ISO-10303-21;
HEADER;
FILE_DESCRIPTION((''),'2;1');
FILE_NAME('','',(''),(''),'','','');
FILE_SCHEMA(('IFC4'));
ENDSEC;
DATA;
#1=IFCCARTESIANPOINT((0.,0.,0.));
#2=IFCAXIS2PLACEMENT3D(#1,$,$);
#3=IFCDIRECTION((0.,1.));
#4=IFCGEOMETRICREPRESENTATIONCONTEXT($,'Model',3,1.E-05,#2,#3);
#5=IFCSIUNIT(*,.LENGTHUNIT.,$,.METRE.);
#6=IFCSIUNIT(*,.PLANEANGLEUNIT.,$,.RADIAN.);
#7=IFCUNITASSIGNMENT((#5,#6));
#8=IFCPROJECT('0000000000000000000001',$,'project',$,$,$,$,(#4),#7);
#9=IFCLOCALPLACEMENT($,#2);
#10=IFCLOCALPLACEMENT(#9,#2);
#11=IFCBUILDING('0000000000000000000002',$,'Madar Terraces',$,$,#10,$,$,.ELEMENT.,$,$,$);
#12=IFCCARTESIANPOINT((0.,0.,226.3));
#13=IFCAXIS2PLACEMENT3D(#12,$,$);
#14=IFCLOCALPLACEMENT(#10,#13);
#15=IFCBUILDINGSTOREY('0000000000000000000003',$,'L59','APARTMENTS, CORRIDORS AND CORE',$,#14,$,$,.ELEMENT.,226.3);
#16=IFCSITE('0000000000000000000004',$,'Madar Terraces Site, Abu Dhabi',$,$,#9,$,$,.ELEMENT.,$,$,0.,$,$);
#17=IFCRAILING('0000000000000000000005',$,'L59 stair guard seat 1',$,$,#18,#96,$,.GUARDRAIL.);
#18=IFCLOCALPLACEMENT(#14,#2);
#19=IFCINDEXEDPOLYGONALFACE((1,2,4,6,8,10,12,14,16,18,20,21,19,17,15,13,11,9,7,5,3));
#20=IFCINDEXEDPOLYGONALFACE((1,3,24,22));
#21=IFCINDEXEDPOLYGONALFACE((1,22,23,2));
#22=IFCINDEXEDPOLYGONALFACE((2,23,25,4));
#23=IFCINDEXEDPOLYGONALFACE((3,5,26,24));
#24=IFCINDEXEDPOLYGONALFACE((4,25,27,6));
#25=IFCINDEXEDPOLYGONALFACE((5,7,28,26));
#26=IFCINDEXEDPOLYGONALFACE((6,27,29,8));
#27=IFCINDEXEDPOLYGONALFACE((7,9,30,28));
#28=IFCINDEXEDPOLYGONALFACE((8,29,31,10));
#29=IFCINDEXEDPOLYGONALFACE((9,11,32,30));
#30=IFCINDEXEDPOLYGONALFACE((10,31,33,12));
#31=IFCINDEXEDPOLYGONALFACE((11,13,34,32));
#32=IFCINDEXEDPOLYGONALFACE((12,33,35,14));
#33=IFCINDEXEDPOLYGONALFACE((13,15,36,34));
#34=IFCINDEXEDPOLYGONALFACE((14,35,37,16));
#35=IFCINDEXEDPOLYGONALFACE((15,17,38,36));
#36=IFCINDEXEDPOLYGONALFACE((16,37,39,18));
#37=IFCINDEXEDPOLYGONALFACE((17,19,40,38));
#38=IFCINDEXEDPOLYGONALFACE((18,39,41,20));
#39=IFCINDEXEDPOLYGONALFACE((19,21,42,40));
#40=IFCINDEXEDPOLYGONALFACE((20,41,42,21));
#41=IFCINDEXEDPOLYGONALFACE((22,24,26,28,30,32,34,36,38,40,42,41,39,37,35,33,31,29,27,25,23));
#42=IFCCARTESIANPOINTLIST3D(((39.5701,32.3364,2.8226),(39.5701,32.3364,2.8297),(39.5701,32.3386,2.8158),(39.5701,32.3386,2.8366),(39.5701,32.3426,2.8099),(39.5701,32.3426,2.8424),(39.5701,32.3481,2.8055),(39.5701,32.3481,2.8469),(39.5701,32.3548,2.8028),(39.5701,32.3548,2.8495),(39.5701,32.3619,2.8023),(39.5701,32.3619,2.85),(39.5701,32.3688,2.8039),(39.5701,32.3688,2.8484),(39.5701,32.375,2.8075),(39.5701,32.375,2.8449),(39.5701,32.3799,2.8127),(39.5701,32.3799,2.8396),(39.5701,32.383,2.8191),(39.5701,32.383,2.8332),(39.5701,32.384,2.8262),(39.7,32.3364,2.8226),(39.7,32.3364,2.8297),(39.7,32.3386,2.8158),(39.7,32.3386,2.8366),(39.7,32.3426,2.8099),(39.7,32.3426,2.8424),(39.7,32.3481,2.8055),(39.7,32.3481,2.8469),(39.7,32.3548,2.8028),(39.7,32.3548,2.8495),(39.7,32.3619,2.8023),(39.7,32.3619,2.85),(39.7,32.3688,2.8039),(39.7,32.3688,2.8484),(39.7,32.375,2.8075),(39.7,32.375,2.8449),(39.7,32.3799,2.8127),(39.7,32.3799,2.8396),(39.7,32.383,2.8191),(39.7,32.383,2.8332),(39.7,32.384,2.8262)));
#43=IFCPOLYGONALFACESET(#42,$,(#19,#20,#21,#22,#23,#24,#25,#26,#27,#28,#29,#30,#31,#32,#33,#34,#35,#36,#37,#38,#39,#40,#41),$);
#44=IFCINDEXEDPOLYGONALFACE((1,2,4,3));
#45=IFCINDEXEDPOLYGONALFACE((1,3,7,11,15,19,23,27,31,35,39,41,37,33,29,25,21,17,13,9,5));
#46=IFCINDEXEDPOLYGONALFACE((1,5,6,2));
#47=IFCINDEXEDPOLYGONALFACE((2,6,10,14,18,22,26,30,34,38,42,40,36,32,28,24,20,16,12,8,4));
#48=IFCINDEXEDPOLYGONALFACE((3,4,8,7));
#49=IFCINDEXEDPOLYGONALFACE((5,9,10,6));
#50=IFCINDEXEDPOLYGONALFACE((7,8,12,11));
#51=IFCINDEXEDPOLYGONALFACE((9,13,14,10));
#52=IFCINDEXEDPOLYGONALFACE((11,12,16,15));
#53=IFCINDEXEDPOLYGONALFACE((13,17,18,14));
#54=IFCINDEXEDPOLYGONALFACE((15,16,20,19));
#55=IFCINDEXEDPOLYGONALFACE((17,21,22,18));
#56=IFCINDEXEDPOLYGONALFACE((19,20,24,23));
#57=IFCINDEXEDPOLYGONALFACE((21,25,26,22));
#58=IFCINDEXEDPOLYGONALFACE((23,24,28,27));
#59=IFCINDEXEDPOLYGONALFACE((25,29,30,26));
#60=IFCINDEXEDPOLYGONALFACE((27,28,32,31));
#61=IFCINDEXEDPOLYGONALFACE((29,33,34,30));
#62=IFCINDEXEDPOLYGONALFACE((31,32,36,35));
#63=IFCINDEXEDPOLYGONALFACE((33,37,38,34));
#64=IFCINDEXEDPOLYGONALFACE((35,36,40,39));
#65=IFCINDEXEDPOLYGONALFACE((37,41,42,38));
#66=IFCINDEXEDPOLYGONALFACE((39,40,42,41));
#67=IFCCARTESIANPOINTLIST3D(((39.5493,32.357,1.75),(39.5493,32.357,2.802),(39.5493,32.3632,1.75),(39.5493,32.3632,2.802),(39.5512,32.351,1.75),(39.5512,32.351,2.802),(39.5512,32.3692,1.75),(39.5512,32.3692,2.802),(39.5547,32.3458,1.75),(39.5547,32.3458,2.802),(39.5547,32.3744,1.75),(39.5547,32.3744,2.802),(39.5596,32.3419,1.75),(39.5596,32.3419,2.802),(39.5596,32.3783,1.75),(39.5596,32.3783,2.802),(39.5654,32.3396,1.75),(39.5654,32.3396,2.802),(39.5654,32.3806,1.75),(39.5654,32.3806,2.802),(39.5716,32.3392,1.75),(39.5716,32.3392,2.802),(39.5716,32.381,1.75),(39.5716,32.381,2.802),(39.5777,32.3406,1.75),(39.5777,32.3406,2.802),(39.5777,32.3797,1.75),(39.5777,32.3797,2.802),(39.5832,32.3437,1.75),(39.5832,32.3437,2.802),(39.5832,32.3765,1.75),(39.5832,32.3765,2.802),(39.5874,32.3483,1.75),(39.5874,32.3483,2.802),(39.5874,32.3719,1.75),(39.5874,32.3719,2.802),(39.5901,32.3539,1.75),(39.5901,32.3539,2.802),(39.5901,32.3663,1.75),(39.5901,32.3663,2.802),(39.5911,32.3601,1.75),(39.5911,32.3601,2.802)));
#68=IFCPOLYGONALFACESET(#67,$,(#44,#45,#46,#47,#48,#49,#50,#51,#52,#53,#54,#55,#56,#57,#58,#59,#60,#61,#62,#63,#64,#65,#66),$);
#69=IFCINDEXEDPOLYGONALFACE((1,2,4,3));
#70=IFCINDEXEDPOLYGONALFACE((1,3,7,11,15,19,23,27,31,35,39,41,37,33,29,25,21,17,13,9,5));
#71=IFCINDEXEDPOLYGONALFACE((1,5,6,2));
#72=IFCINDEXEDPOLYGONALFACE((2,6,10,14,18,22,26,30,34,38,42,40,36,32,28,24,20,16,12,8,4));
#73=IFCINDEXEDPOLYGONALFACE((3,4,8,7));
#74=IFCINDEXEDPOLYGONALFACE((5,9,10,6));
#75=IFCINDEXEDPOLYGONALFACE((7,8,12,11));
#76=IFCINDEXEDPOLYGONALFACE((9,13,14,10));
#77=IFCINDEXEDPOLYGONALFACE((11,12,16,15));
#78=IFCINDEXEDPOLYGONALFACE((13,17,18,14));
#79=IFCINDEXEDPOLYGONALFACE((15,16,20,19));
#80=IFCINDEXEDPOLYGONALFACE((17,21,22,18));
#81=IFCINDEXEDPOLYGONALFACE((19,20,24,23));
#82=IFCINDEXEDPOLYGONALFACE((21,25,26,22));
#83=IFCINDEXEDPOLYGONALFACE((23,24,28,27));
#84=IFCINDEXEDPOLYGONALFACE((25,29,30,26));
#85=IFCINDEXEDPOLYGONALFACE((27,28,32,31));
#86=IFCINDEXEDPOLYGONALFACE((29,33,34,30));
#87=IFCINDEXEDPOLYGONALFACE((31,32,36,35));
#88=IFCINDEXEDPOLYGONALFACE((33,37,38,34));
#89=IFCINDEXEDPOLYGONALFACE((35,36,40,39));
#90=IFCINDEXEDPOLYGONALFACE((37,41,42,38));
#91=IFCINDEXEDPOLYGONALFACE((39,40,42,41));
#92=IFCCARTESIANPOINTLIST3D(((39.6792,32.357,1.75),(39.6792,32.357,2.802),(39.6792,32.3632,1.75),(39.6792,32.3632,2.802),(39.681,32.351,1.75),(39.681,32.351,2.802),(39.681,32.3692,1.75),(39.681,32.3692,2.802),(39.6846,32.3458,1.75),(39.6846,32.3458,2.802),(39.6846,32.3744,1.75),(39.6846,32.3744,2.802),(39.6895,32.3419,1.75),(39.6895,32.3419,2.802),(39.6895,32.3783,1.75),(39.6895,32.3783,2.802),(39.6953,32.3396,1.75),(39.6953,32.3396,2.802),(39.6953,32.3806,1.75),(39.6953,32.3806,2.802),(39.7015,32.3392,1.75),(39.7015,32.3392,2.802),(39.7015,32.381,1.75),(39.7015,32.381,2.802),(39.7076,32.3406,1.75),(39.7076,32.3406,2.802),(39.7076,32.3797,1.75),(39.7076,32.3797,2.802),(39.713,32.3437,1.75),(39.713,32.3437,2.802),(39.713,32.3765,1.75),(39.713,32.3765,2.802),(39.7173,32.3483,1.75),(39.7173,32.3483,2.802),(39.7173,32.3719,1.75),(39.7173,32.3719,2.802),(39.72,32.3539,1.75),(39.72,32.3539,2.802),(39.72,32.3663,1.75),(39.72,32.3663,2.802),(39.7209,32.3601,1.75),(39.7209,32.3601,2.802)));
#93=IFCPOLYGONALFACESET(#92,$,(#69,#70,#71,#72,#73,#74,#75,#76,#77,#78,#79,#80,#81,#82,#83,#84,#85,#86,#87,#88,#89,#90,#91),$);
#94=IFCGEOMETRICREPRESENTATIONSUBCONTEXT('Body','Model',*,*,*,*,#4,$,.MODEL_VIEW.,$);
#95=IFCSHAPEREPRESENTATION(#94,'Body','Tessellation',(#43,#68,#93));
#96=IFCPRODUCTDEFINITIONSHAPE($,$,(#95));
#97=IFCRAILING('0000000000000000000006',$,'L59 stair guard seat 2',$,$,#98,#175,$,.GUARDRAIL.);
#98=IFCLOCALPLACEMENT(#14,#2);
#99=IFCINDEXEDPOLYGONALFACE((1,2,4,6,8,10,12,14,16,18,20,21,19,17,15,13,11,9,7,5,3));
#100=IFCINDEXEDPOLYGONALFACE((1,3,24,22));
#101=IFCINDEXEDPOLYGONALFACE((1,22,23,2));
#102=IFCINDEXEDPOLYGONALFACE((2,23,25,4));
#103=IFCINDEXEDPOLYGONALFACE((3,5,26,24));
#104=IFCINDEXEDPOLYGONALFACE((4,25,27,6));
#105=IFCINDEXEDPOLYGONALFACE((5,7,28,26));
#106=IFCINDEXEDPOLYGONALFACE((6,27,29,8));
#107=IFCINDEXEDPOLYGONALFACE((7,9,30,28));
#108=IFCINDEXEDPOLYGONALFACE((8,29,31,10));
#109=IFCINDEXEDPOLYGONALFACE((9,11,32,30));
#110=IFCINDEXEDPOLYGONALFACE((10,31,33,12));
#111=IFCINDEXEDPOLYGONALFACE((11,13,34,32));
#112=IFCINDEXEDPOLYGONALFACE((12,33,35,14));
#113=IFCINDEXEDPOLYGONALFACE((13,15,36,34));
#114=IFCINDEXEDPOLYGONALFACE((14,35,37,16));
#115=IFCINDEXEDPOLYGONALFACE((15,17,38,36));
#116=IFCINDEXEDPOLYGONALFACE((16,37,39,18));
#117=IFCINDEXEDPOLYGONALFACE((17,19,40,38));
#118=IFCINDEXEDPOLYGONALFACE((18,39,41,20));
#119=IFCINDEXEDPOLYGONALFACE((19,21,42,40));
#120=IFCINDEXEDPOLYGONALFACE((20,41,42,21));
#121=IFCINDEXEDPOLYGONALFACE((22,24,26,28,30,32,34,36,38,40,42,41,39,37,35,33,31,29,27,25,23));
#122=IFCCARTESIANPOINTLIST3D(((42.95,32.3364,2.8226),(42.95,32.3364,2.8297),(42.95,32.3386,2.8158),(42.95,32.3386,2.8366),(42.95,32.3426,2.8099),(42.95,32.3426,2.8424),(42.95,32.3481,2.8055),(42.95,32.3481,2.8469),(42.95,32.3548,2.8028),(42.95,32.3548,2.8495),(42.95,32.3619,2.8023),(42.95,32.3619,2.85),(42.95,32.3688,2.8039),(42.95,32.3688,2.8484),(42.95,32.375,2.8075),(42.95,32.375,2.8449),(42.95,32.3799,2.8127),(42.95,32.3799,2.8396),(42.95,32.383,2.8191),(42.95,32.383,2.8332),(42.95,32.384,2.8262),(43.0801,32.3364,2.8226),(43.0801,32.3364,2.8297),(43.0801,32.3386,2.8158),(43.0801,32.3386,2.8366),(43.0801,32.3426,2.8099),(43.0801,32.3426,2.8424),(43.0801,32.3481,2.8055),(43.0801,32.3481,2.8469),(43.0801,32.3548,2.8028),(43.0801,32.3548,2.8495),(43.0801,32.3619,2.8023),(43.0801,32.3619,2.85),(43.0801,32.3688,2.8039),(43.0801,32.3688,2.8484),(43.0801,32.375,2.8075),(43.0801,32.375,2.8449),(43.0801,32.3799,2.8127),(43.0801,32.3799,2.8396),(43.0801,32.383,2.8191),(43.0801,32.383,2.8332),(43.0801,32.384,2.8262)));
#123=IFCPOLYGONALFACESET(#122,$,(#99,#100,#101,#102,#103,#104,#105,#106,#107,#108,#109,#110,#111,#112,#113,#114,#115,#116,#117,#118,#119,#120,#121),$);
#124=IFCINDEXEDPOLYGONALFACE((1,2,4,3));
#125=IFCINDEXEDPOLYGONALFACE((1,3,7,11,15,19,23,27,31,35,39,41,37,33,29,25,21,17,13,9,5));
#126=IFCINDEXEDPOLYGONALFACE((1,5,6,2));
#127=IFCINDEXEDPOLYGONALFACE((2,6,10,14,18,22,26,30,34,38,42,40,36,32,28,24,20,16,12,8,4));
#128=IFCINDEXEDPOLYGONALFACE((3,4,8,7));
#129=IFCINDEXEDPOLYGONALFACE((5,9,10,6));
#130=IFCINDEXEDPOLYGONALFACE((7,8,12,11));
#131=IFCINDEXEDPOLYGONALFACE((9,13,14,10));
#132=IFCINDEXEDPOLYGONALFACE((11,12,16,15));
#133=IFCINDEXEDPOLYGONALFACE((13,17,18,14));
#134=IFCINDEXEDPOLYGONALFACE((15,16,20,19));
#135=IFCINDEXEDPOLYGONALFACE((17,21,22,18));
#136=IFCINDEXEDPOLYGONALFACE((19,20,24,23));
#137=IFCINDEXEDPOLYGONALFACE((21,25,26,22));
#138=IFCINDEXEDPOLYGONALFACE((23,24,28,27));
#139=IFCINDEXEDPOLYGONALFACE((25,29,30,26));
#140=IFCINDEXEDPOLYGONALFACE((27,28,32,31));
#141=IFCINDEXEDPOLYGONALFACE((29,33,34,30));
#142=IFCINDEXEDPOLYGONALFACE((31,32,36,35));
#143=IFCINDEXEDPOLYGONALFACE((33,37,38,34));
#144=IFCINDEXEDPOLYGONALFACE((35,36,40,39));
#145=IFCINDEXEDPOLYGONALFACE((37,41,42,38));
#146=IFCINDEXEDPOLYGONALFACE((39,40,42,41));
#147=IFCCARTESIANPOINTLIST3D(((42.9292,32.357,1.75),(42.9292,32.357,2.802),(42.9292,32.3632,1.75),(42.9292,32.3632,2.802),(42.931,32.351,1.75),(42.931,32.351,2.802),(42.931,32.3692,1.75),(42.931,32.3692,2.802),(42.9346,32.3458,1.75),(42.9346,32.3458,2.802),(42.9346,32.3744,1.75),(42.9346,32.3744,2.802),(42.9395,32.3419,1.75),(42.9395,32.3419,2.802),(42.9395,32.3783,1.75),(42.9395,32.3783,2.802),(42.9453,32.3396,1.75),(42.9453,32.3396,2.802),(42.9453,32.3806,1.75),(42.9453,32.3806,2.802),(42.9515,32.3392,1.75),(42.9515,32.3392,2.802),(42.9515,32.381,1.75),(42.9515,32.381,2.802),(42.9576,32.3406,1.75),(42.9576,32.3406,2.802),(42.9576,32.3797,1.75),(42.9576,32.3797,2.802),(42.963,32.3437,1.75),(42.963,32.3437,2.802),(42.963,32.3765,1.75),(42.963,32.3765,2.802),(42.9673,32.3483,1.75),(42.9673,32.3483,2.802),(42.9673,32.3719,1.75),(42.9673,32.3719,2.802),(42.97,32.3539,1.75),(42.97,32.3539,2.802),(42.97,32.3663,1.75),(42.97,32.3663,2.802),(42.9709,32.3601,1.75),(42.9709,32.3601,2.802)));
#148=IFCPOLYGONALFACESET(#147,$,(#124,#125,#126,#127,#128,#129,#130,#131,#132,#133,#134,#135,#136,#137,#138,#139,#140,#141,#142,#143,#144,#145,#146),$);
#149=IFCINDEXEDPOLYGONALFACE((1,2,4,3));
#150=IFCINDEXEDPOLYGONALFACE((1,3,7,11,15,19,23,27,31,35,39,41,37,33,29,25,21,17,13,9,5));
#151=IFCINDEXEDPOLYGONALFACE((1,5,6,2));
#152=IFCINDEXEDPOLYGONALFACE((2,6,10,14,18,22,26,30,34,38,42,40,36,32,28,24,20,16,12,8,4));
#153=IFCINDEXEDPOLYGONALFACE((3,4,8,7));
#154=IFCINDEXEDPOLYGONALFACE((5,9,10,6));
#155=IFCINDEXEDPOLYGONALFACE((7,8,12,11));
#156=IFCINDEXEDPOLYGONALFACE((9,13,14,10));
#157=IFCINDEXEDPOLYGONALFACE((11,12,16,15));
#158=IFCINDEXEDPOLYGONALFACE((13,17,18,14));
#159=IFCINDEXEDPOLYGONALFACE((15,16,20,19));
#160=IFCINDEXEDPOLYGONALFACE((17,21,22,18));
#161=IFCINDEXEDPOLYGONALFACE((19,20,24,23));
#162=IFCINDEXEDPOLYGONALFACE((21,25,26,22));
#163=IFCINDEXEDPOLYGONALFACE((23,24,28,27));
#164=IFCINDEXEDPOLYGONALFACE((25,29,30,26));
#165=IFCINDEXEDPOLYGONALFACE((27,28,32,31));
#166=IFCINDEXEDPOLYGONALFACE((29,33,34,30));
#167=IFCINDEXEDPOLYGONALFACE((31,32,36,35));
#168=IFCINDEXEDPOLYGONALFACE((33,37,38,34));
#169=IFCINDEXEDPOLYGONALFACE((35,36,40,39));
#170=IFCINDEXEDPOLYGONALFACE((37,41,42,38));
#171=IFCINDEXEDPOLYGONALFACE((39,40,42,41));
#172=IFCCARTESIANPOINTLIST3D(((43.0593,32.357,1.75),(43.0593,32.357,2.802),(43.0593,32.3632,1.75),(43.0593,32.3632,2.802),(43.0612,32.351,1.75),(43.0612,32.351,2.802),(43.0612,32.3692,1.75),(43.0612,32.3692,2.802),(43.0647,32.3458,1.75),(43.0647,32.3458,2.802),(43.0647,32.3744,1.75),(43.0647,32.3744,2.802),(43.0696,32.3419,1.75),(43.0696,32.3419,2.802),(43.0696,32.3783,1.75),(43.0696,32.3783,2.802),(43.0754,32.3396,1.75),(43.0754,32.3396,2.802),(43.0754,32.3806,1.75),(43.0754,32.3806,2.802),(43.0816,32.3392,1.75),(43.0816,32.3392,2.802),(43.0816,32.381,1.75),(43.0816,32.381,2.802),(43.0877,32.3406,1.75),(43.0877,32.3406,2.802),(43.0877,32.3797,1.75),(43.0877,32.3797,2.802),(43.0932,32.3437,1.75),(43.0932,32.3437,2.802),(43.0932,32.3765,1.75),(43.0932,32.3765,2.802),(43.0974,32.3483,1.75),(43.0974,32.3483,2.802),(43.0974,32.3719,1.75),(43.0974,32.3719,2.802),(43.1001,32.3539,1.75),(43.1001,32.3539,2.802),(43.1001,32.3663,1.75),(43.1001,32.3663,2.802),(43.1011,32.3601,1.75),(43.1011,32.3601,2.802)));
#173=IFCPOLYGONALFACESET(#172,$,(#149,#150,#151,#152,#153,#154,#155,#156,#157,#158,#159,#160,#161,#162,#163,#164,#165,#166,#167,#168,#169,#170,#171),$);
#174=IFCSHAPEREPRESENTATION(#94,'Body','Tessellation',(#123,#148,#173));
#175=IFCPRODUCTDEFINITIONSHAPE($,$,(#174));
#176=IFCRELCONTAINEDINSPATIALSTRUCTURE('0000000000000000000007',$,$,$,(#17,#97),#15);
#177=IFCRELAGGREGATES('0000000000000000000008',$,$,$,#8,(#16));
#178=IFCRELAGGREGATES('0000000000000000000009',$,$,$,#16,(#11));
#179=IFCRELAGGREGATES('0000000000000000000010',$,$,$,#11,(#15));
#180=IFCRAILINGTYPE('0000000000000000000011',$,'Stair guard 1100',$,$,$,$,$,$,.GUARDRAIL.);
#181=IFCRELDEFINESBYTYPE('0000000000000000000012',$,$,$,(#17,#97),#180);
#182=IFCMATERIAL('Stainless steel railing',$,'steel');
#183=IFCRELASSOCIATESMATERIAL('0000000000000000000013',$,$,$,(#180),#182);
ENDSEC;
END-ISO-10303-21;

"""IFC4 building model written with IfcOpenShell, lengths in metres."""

from ifc_helpers import new_model, si_unit, direction, frame, origin, origin_2d, place, context, subcontext, project, spatial, circle, extrude, material, type_object, element, save


model = new_model("IFC4")

# Units and contexts
model_context = context("Model", 3, precision=1e-05, world=origin(), true_north=direction((0.0, 1.0)))
body_context = subcontext(model_context, "Body", "Model", "MODEL_VIEW")
ifc_project = project(units=[si_unit("LENGTHUNIT", "METRE"), si_unit("PLANEANGLEUNIT", "RADIAN")], contexts=[model_context])

# Site, building, storey
site_placement = place(None, origin())
site = spatial("IfcSite", under=ifc_project, at=site_placement, Name="Madar Terraces Site, Abu Dhabi", CompositionType="ELEMENT", RefElevation=0.0)
building_placement = place(site_placement, origin())
building = spatial("IfcBuilding", under=site, at=building_placement, Name="Madar Terraces", CompositionType="ELEMENT")
storey_placement = place(building_placement, frame((0.0, 0.0, 226.3)))
storey = spatial("IfcBuildingStorey", under=building, at=storey_placement, Name="L59", Description="APARTMENTS, CORRIDORS AND CORE", CompositionType="ELEMENT", Elevation=226.3)

# Railings
ifc_material_1 = material(Name="Stainless steel railing", Category="steel")
railing_type_1 = type_object("IfcRailingType", Name="Stair guard 1100", PredefinedType="GUARDRAIL", material=ifc_material_1)
railing_1_placement = place(storey_placement, frame((39.5701, 32.3601, 1.75)))
element("IfcRailing", 1, at=railing_1_placement, inside=storey, type_object=railing_type_1, Name="L59 stair guard seat 1", PredefinedType="GUARDRAIL", context=body_context, shape_type="SweptSolid", body=[
    extrude(circle(Radius=0.0239, at=origin_2d()), frame((0.0, 0.0, 1.0762), z_axis=(1.0, 0.0, 0.0), x_axis=(0.0, 1.0, 0.0)), (0.0, 0.0, 1.0), 0.1299),
    extrude(circle(Radius=0.021, at=origin_2d()), origin(), (0.0, 0.0, 1.0), 1.052),
    extrude(circle(Radius=0.021, at=origin_2d()), frame((0.1299, 0.0, 0.0)), (0.0, 0.0, 1.0), 1.052),
])
railing_2_placement = place(storey_placement, frame((42.95, 32.3601, 1.75)))
element("IfcRailing", 2, at=railing_2_placement, inside=storey, type_object=railing_type_1, Name="L59 stair guard seat 2", PredefinedType="GUARDRAIL", context=body_context, shape_type="SweptSolid", body=[
    extrude(circle(Radius=0.0239, at=origin_2d()), frame((0.0, 0.0, 1.0762), z_axis=(1.0, 0.0, 0.0), x_axis=(0.0, 1.0, 0.0)), (0.0, 0.0, 1.0), 0.1301),
    extrude(circle(Radius=0.021, at=origin_2d()), origin(), (0.0, 0.0, 1.0), 1.052),
    extrude(circle(Radius=0.021, at=origin_2d()), frame((0.1301, 0.0, 0.0)), (0.0, 0.0, 1.0), 1.052),
])

save(model, "model.ifc")
